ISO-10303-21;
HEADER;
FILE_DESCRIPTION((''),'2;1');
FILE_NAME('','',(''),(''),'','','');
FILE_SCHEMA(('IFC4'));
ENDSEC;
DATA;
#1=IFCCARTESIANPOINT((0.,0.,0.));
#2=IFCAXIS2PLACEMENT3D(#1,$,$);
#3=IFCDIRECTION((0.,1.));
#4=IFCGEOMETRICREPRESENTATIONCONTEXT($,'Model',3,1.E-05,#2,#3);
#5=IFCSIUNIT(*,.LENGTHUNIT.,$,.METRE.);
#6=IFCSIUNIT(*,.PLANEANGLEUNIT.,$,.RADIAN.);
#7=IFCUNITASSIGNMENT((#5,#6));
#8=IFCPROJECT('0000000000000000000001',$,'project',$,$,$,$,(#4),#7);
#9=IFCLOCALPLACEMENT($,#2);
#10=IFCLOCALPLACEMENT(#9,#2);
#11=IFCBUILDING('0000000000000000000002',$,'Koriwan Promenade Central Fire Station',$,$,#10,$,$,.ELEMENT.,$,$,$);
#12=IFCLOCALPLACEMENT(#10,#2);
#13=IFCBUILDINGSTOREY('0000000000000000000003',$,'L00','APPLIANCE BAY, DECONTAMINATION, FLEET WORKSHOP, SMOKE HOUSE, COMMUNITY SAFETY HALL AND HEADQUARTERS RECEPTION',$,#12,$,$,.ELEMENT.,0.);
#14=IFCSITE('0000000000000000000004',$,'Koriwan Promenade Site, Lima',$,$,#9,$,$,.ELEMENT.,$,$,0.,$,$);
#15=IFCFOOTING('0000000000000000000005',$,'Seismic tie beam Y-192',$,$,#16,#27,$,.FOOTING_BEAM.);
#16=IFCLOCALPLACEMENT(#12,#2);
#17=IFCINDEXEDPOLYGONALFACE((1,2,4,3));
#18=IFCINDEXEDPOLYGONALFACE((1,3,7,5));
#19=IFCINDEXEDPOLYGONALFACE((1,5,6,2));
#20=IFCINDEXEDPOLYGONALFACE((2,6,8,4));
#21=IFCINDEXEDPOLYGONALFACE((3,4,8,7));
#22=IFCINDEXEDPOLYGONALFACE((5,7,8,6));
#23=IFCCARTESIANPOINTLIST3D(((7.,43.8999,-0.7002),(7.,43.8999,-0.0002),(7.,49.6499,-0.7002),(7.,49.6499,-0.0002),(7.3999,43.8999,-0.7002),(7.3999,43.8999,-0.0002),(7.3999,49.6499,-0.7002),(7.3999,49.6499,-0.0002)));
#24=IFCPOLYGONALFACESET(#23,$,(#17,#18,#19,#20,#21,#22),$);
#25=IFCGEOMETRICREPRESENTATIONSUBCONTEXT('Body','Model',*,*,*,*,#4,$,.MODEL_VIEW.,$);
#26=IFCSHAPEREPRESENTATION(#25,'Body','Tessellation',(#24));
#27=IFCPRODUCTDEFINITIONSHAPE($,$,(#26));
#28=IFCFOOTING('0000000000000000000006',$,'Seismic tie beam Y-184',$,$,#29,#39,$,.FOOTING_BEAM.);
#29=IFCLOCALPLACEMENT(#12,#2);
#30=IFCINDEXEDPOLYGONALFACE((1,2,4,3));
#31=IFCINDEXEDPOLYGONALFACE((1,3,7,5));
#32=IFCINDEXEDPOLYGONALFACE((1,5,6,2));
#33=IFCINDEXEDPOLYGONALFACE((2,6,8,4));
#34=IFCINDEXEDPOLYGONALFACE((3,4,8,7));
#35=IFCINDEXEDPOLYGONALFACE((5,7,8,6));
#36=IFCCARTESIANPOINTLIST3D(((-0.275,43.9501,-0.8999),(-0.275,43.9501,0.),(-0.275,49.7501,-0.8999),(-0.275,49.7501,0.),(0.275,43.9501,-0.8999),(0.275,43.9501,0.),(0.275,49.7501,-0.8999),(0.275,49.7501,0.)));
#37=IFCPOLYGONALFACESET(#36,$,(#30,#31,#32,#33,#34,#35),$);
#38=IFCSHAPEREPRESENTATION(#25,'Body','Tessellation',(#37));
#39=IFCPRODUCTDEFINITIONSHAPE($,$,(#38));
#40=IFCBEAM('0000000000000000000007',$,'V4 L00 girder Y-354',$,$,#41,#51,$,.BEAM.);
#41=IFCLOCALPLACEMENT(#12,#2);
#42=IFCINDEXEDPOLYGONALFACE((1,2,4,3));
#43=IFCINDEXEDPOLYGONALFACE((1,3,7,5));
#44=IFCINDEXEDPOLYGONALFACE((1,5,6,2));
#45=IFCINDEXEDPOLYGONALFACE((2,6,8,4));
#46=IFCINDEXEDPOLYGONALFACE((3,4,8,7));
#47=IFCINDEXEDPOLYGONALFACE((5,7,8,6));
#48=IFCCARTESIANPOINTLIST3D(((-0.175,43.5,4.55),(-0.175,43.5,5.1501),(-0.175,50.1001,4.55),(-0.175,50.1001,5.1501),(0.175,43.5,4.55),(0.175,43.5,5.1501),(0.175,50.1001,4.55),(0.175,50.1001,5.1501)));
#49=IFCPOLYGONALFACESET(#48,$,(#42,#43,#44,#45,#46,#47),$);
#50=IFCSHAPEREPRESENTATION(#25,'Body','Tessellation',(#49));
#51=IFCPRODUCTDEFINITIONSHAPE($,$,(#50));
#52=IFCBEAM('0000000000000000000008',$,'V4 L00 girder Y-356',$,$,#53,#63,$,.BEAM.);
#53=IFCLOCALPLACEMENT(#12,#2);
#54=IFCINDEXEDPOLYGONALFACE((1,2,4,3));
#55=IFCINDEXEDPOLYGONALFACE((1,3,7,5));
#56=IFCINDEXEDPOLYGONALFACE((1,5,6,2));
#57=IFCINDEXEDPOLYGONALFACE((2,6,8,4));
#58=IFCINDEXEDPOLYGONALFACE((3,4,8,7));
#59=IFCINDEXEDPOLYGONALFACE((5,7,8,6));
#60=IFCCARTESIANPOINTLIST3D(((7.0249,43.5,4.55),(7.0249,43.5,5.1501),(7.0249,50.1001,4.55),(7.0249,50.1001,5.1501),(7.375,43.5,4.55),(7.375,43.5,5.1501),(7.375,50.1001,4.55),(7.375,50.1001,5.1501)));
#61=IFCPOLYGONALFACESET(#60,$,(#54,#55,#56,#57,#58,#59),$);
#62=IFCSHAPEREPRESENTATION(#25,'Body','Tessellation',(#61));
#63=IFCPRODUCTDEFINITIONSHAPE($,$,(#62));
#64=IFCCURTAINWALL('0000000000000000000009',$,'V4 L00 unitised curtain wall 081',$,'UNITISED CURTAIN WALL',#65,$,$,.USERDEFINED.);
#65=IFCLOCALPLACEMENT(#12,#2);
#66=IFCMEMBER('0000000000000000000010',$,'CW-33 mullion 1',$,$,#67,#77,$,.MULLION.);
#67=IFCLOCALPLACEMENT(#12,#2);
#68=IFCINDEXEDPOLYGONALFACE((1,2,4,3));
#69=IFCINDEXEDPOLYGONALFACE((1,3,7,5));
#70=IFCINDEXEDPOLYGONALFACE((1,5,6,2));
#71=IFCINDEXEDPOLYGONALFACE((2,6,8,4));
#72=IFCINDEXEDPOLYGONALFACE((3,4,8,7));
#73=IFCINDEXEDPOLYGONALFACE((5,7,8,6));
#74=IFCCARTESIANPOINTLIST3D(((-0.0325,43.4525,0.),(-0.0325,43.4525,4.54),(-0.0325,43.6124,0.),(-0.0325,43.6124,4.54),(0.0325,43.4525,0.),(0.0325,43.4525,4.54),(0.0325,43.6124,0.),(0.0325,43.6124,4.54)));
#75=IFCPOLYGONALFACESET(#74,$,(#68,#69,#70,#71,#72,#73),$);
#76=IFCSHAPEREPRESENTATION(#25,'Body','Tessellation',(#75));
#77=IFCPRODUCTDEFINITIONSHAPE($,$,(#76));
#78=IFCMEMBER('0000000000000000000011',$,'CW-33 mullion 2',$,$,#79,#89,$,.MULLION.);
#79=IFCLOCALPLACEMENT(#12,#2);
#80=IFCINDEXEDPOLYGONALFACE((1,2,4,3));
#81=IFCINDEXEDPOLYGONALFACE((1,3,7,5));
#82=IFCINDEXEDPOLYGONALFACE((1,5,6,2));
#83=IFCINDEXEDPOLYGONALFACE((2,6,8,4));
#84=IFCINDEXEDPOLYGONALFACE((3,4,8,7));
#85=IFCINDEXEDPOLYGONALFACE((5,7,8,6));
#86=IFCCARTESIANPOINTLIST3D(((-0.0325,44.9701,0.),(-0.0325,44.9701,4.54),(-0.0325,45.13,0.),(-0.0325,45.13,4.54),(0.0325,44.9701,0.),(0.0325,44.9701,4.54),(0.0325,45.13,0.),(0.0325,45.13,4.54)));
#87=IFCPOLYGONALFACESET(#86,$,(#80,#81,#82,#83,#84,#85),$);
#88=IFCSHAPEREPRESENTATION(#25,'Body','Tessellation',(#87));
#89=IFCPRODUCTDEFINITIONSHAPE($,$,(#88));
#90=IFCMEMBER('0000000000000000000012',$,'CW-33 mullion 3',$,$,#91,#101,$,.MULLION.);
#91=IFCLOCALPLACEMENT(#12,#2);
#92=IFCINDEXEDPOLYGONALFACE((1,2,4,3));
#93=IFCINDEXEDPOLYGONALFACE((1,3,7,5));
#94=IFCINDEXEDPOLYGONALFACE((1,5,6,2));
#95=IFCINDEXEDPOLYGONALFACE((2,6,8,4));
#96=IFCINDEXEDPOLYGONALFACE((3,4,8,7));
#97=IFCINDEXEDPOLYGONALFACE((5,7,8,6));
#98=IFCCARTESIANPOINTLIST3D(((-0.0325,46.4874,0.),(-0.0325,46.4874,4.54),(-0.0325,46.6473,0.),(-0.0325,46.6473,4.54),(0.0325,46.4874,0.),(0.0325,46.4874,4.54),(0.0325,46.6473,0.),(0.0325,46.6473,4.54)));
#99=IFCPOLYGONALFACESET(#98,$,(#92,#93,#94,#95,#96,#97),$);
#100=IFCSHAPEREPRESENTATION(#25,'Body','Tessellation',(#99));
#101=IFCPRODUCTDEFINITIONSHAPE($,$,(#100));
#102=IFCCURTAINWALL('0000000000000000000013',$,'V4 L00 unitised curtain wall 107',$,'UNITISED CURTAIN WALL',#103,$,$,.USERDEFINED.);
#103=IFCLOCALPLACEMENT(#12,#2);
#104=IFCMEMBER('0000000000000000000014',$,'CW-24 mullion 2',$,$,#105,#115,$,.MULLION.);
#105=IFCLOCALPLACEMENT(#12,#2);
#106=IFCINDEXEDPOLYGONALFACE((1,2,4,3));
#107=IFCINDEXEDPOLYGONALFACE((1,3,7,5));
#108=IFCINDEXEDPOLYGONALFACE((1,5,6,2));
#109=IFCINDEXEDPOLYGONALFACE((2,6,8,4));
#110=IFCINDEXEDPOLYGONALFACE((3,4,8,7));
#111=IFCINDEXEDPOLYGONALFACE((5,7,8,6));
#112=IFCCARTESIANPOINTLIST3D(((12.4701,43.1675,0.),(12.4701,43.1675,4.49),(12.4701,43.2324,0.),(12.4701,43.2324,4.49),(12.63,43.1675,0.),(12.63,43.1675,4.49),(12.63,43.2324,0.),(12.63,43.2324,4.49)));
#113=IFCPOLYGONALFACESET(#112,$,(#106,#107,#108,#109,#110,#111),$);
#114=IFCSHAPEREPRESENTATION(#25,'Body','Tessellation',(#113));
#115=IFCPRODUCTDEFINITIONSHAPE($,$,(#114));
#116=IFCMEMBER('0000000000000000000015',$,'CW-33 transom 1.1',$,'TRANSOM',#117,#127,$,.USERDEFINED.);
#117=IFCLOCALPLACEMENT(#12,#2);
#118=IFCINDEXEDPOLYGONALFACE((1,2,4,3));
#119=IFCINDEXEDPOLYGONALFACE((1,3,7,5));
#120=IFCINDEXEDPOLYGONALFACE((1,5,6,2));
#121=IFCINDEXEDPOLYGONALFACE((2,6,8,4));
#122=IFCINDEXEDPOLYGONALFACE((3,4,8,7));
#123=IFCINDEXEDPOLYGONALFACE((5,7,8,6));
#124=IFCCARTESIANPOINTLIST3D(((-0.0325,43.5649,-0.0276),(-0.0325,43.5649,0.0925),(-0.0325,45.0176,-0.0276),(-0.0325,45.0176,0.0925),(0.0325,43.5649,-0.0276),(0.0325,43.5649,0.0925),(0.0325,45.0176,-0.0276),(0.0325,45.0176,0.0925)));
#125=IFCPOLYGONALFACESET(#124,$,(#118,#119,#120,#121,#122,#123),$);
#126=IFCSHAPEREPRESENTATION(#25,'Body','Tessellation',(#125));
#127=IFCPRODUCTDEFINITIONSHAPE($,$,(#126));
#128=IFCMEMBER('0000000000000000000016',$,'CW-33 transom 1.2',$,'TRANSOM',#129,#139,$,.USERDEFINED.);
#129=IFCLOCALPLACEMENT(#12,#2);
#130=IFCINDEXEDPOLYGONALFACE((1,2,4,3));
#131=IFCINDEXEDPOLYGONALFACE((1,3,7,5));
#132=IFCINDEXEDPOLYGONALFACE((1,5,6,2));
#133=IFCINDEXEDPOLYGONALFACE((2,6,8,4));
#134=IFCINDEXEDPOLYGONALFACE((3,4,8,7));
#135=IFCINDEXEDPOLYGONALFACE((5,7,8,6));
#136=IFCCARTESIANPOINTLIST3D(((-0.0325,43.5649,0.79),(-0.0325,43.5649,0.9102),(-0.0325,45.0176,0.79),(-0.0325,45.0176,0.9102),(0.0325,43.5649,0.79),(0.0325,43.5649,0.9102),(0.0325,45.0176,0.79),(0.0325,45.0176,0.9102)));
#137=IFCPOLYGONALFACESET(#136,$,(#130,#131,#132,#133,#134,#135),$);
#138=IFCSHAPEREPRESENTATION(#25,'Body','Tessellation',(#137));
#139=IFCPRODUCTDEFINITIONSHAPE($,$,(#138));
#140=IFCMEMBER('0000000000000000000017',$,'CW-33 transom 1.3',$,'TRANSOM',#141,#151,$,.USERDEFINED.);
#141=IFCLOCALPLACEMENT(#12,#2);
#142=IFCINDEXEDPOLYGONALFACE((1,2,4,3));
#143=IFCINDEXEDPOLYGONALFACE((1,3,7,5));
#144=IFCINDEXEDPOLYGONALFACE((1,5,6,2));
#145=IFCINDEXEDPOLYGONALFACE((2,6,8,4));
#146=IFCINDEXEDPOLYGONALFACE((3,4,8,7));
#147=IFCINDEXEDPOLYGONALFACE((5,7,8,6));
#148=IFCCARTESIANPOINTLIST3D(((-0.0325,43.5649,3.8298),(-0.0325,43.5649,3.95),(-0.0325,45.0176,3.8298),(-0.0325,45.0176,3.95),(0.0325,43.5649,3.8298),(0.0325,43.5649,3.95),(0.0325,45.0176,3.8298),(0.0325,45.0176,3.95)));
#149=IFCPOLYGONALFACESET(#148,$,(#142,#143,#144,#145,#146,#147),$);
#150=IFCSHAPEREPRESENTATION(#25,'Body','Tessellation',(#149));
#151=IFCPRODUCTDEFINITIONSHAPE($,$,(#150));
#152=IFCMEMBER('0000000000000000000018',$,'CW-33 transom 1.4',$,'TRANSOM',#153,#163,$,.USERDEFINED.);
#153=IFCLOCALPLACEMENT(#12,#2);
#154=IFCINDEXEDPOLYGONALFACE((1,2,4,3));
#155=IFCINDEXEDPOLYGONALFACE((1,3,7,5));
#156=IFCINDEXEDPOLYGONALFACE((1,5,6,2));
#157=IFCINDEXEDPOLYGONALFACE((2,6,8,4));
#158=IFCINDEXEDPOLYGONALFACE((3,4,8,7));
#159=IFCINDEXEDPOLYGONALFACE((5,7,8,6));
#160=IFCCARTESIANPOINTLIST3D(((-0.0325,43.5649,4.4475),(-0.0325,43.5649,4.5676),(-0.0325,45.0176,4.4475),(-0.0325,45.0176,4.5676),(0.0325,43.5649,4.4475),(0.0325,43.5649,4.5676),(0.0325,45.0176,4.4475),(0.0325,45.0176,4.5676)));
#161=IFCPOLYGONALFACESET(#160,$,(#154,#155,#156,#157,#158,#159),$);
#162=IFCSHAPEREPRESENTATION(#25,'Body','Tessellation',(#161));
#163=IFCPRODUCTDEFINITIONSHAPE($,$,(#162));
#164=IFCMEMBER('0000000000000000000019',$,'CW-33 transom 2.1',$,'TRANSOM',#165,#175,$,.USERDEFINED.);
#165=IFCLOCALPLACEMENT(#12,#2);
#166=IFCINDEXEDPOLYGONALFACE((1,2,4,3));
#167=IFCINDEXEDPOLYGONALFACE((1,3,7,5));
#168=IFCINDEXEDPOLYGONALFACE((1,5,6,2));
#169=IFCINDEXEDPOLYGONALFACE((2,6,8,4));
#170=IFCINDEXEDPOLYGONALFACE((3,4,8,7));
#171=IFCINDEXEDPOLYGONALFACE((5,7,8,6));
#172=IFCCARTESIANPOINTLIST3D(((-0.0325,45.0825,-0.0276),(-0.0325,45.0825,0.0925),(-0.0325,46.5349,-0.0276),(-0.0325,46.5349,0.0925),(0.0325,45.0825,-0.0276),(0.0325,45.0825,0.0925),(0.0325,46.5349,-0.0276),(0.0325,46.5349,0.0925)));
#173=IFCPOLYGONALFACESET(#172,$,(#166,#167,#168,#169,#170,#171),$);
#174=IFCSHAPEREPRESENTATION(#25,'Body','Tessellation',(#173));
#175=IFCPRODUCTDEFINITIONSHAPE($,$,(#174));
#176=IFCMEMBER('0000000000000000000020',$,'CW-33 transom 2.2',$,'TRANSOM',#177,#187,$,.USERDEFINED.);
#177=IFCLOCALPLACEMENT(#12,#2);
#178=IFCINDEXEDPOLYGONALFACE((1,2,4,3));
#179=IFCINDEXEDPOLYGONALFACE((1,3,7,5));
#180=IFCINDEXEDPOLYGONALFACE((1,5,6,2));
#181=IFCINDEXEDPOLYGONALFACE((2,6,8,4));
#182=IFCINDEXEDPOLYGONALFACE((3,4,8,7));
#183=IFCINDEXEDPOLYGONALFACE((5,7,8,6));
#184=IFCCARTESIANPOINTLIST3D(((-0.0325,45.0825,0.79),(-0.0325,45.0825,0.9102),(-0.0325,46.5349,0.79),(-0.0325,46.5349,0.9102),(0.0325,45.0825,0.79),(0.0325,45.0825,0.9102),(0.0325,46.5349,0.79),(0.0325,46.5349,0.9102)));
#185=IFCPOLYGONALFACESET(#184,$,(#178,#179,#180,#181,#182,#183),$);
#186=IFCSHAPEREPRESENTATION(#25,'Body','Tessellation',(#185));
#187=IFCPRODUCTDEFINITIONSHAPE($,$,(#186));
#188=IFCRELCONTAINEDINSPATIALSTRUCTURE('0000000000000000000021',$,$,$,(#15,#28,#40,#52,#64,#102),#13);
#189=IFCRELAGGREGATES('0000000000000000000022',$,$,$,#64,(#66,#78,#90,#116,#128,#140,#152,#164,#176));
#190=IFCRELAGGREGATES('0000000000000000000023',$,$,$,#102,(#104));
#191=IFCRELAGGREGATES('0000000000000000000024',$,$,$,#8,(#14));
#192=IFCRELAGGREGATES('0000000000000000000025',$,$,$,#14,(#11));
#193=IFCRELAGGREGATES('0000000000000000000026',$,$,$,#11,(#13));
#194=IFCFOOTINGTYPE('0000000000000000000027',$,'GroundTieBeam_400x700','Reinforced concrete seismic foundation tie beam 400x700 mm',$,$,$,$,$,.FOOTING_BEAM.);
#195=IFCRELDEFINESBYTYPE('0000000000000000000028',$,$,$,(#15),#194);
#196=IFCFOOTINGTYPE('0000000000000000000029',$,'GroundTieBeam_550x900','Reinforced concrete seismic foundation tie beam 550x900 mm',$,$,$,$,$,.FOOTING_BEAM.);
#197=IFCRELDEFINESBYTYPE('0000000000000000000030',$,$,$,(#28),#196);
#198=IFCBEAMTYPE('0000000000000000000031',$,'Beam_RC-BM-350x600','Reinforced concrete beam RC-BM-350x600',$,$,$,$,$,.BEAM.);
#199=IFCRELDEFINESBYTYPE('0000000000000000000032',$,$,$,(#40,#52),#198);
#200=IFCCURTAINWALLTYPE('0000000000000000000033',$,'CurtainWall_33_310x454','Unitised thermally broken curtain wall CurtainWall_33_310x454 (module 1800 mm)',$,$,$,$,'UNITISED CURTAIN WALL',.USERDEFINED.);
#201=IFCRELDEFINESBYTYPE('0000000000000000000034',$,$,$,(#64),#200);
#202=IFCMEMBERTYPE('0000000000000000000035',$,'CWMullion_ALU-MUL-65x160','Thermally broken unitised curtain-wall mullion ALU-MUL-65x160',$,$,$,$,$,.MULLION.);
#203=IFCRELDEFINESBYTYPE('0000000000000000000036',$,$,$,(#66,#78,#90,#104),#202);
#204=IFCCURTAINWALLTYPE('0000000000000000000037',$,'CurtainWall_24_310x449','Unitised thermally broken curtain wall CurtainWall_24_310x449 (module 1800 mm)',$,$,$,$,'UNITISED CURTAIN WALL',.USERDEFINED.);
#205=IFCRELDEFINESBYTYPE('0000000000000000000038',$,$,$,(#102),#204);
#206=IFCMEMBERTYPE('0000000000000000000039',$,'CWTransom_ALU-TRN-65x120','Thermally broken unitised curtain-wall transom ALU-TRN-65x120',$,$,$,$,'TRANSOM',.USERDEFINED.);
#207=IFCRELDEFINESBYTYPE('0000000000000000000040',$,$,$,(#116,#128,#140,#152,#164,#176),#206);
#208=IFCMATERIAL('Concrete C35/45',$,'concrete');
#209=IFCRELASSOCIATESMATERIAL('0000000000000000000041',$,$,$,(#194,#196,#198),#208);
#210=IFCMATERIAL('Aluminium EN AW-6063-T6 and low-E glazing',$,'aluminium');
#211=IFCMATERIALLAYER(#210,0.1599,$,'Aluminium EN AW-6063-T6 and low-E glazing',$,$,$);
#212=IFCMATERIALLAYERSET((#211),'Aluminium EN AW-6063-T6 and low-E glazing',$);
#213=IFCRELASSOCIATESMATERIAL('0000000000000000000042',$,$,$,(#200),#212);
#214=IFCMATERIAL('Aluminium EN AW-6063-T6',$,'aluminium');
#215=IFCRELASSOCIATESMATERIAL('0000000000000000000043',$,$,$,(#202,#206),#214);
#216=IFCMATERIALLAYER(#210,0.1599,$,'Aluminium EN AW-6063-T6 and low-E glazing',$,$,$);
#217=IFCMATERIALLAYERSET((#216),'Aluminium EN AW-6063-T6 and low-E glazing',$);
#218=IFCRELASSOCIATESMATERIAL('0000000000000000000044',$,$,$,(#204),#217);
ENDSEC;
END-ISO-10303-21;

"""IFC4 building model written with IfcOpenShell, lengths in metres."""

from ifc_helpers import new_model, si_unit, direction, frame, origin, origin_2d, place, context, subcontext, project, spatial, rectangle, extrude, material, layer, layer_set, material_profile, profile_set, type_object, element, aggregate, save


model = new_model("IFC4")

# Units and contexts
model_context = context("Model", 3, precision=1e-05, world=origin(), true_north=direction((0.0, 1.0)))
body_context = subcontext(model_context, "Body", "Model", "MODEL_VIEW")
ifc_project = project(units=[si_unit("LENGTHUNIT", "METRE"), si_unit("PLANEANGLEUNIT", "RADIAN")], contexts=[model_context])

# Site, building, storey
site_placement = place(None, origin())
site = spatial("IfcSite", under=ifc_project, at=site_placement, Name="Koriwan Promenade Site, Lima", CompositionType="ELEMENT", RefElevation=0.0)
building_placement = place(site_placement, origin())
building = spatial("IfcBuilding", under=site, at=building_placement, Name="Koriwan Promenade Central Fire Station", CompositionType="ELEMENT")
storey_placement = place(building_placement, origin())
storey = spatial("IfcBuildingStorey", under=building, at=storey_placement, Name="L00", Description="APPLIANCE BAY, DECONTAMINATION, FLEET WORKSHOP, SMOKE HOUSE, COMMUNITY SAFETY HALL AND HEADQUARTERS RECEPTION", CompositionType="ELEMENT", Elevation=0.0)

# Footings
ifc_material_1 = material(Name="Concrete C35/45", Category="concrete")
footing_type_1 = type_object("IfcFootingType", Name="GroundTieBeam_400x700", Description="Reinforced concrete seismic foundation tie beam 400x700 mm", PredefinedType="FOOTING_BEAM", material=ifc_material_1)
footing_1_placement = place(storey_placement, frame((7.2, 46.7749, -0.7002), z_axis=(0.0, 0.0, 1.0), x_axis=(0.0, 1.0, 0.0)))
element("IfcFooting", 1, at=footing_1_placement, inside=storey, type_object=footing_type_1, Name="Seismic tie beam Y-192", PredefinedType="FOOTING_BEAM", context=body_context, shape_type="SweptSolid", body=[
    extrude(rectangle(XDim=5.75, YDim=0.3999, at=origin_2d()), origin(), (0.0, 0.0, 1.0), 0.7),
])
footing_type_2 = type_object("IfcFootingType", Name="GroundTieBeam_550x900", Description="Reinforced concrete seismic foundation tie beam 550x900 mm", PredefinedType="FOOTING_BEAM", material=ifc_material_1)
footing_2_placement = place(storey_placement, frame((0.0, 46.8501, -0.8999), z_axis=(0.0, 0.0, 1.0), x_axis=(0.0, 1.0, 0.0)))
element("IfcFooting", 2, at=footing_2_placement, inside=storey, type_object=footing_type_2, Name="Seismic tie beam Y-184", PredefinedType="FOOTING_BEAM", context=body_context, shape_type="SweptSolid", body=[
    extrude(rectangle(XDim=5.8, YDim=0.55, at=origin_2d()), origin(), (0.0, 0.0, 1.0), 0.8999),
])

# Beams
ifc_material_profile_1 = material_profile(ifc_material_1, rectangle(XDim=0.3501, YDim=0.6001, at=origin_2d()), Name="RC-BM-350x600")
ifc_profile_set_1 = profile_set([ifc_material_profile_1], Name="Concrete C35/45")
beam_type = type_object("IfcBeamType", Name="Beam_RC-BM-350x600", Description="Reinforced concrete beam RC-BM-350x600", PredefinedType="BEAM", material=ifc_profile_set_1)
for number, where, z_axis, x_axis, name in (
    (3, (0.0, 43.5, 4.8501), (0.0, 1.0, 0.0), (-1.0, 0.0, 0.0), "V4 L00 girder Y-354"),
    (4, (7.2, 43.5, 4.8501), (0.0, 1.0, 0.0), (-1.0, 0.0, 0.0), "V4 L00 girder Y-356"),
):
    element("IfcBeam", number, at=place(storey_placement, frame(where, z_axis=z_axis, x_axis=x_axis)), inside=storey, type_object=beam_type, Name=name, PredefinedType="BEAM", context=body_context, shape_type="SweptSolid", body=[
        extrude(rectangle(XDim=0.3501, YDim=0.6001, at=origin_2d()), origin(), (0.0, 0.0, 1.0), 6.6001),
    ])

# Curtain wall, members
ifc_material_2 = material(Name="Aluminium EN AW-6063-T6 and low-E glazing", Category="aluminium")
ifc_layer_1 = layer(ifc_material_2, 0.1599, Name="Aluminium EN AW-6063-T6 and low-E glazing")
ifc_layer_set_1 = layer_set([ifc_layer_1], Name="Aluminium EN AW-6063-T6 and low-E glazing")
curtain_wall_type_1 = type_object("IfcCurtainWallType", Name="CurtainWall_33_310x454", Description="Unitised thermally broken curtain wall CurtainWall_33_310x454 (module 1800 mm)", ElementType="UNITISED CURTAIN WALL", PredefinedType="USERDEFINED", material=ifc_layer_set_1)
curtain_wall_1_placement = place(storey_placement, origin())
curtain_wall_1 = element("IfcCurtainWall", 5, at=curtain_wall_1_placement, inside=storey, type_object=curtain_wall_type_1, Name="V4 L00 unitised curtain wall 081", ObjectType="UNITISED CURTAIN WALL", PredefinedType="USERDEFINED")
ifc_material_3 = material(Name="Aluminium EN AW-6063-T6", Category="aluminium")
ifc_material_profile_2 = material_profile(ifc_material_3, rectangle(XDim=0.0649, YDim=0.1599, at=origin_2d()), Name="ALU-MUL-65x160")
ifc_profile_set_2 = profile_set([ifc_material_profile_2], Name="Aluminium EN AW-6063-T6")
member_type_1 = type_object("IfcMemberType", Name="CWMullion_ALU-MUL-65x160", Description="Thermally broken unitised curtain-wall mullion ALU-MUL-65x160", PredefinedType="MULLION", material=ifc_profile_set_2)
member_1_placement = place(storey_placement, frame((0.0, 43.5325, 0.0), z_axis=(0.0, 0.0, 1.0), x_axis=(-1.0, 0.0, 0.0)))
member_1 = element("IfcMember", 6, at=member_1_placement, type_object=member_type_1, Name="CW-33 mullion 1", PredefinedType="MULLION", context=body_context, shape_type="SweptSolid", body=[
    extrude(rectangle(XDim=0.0649, YDim=0.1599, at=origin_2d()), origin(), (0.0, 0.0, 1.0), 4.54),
])
member_2_placement = place(storey_placement, frame((0.0, 45.05, 0.0), z_axis=(0.0, 0.0, 1.0), x_axis=(-1.0, 0.0, 0.0)))
member_2 = element("IfcMember", 7, at=member_2_placement, type_object=member_type_1, Name="CW-33 mullion 2", PredefinedType="MULLION", context=body_context, shape_type="SweptSolid", body=[
    extrude(rectangle(XDim=0.0649, YDim=0.1599, at=origin_2d()), origin(), (0.0, 0.0, 1.0), 4.54),
])
member_3_placement = place(storey_placement, frame((0.0, 46.5674, 0.0), z_axis=(0.0, 0.0, 1.0), x_axis=(-1.0, 0.0, 0.0)))
member_3 = element("IfcMember", 8, at=member_3_placement, type_object=member_type_1, Name="CW-33 mullion 3", PredefinedType="MULLION", context=body_context, shape_type="SweptSolid", body=[
    extrude(rectangle(XDim=0.0649, YDim=0.1599, at=origin_2d()), origin(), (0.0, 0.0, 1.0), 4.54),
])

# Curtain wall, member
ifc_layer_2 = layer(ifc_material_2, 0.1599, Name="Aluminium EN AW-6063-T6 and low-E glazing")
ifc_layer_set_2 = layer_set([ifc_layer_2], Name="Aluminium EN AW-6063-T6 and low-E glazing")
curtain_wall_type_2 = type_object("IfcCurtainWallType", Name="CurtainWall_24_310x449", Description="Unitised thermally broken curtain wall CurtainWall_24_310x449 (module 1800 mm)", ElementType="UNITISED CURTAIN WALL", PredefinedType="USERDEFINED", material=ifc_layer_set_2)
curtain_wall_2_placement = place(storey_placement, origin())
curtain_wall_2 = element("IfcCurtainWall", 9, at=curtain_wall_2_placement, inside=storey, type_object=curtain_wall_type_2, Name="V4 L00 unitised curtain wall 107", ObjectType="UNITISED CURTAIN WALL", PredefinedType="USERDEFINED")
member_4_placement = place(storey_placement, frame((12.55, 43.2, 0.0), z_axis=(0.0, 0.0, 1.0), x_axis=(0.0, -1.0, 0.0)))
member_4 = element("IfcMember", 10, at=member_4_placement, type_object=member_type_1, Name="CW-24 mullion 2", PredefinedType="MULLION", context=body_context, shape_type="SweptSolid", body=[
    extrude(rectangle(XDim=0.0649, YDim=0.1599, at=origin_2d()), origin(), (0.0, 0.0, 1.0), 4.49),
])

# Members
ifc_material_profile_3 = material_profile(ifc_material_3, rectangle(XDim=0.0649, YDim=0.1201, at=origin_2d()), Name="ALU-TRN-65x120")
ifc_profile_set_3 = profile_set([ifc_material_profile_3], Name="Aluminium EN AW-6063-T6")
member_type_2 = type_object("IfcMemberType", Name="CWTransom_ALU-TRN-65x120", Description="Thermally broken unitised curtain-wall transom ALU-TRN-65x120", ElementType="TRANSOM", PredefinedType="USERDEFINED", material=ifc_profile_set_3)
member_5_placement = place(storey_placement, frame((0.0, 43.5649, 0.0325), z_axis=(0.0, 1.0, 0.0), x_axis=(-1.0, 0.0, 0.0)))
member_5 = element("IfcMember", 11, at=member_5_placement, type_object=member_type_2, Name="CW-33 transom 1.1", ObjectType="TRANSOM", PredefinedType="USERDEFINED", context=body_context, shape_type="SweptSolid", body=[
    extrude(rectangle(XDim=0.0649, YDim=0.1201, at=origin_2d()), origin(), (0.0, 0.0, 1.0), 1.4526),
])
member_6_placement = place(storey_placement, frame((0.0, 43.5649, 0.8501), z_axis=(0.0, 1.0, 0.0), x_axis=(-1.0, 0.0, 0.0)))
member_6 = element("IfcMember", 12, at=member_6_placement, type_object=member_type_2, Name="CW-33 transom 1.2", ObjectType="TRANSOM", PredefinedType="USERDEFINED", context=body_context, shape_type="SweptSolid", body=[
    extrude(rectangle(XDim=0.0649, YDim=0.1201, at=origin_2d()), origin(), (0.0, 0.0, 1.0), 1.4526),
])
member_7_placement = place(storey_placement, frame((0.0, 43.5649, 3.8899), z_axis=(0.0, 1.0, 0.0), x_axis=(-1.0, 0.0, 0.0)))
member_7 = element("IfcMember", 13, at=member_7_placement, type_object=member_type_2, Name="CW-33 transom 1.3", ObjectType="TRANSOM", PredefinedType="USERDEFINED", context=body_context, shape_type="SweptSolid", body=[
    extrude(rectangle(XDim=0.0649, YDim=0.1201, at=origin_2d()), origin(), (0.0, 0.0, 1.0), 1.4526),
])
member_8_placement = place(storey_placement, frame((0.0, 43.5649, 4.5076), z_axis=(0.0, 1.0, 0.0), x_axis=(-1.0, 0.0, 0.0)))
member_8 = element("IfcMember", 14, at=member_8_placement, type_object=member_type_2, Name="CW-33 transom 1.4", ObjectType="TRANSOM", PredefinedType="USERDEFINED", context=body_context, shape_type="SweptSolid", body=[
    extrude(rectangle(XDim=0.0649, YDim=0.1201, at=origin_2d()), origin(), (0.0, 0.0, 1.0), 1.4526),
])
member_9_placement = place(storey_placement, frame((0.0, 45.0825, 0.0325), z_axis=(0.0, 1.0, 0.0), x_axis=(-1.0, 0.0, 0.0)))
member_9 = element("IfcMember", 15, at=member_9_placement, type_object=member_type_2, Name="CW-33 transom 2.1", ObjectType="TRANSOM", PredefinedType="USERDEFINED", context=body_context, shape_type="SweptSolid", body=[
    extrude(rectangle(XDim=0.0649, YDim=0.1201, at=origin_2d()), origin(), (0.0, 0.0, 1.0), 1.4524),
])
member_10_placement = place(storey_placement, frame((0.0, 45.0825, 0.8501), z_axis=(0.0, 1.0, 0.0), x_axis=(-1.0, 0.0, 0.0)))
member_10 = element("IfcMember", 16, at=member_10_placement, type_object=member_type_2, Name="CW-33 transom 2.2", ObjectType="TRANSOM", PredefinedType="USERDEFINED", context=body_context, shape_type="SweptSolid", body=[
    extrude(rectangle(XDim=0.0649, YDim=0.1201, at=origin_2d()), origin(), (0.0, 0.0, 1.0), 1.4524),
])

aggregate(curtain_wall_1, [member_1, member_2, member_3, member_5, member_6, member_7, member_8, member_9, member_10])
aggregate(curtain_wall_2, [member_4])

save(model, "model.ifc")
